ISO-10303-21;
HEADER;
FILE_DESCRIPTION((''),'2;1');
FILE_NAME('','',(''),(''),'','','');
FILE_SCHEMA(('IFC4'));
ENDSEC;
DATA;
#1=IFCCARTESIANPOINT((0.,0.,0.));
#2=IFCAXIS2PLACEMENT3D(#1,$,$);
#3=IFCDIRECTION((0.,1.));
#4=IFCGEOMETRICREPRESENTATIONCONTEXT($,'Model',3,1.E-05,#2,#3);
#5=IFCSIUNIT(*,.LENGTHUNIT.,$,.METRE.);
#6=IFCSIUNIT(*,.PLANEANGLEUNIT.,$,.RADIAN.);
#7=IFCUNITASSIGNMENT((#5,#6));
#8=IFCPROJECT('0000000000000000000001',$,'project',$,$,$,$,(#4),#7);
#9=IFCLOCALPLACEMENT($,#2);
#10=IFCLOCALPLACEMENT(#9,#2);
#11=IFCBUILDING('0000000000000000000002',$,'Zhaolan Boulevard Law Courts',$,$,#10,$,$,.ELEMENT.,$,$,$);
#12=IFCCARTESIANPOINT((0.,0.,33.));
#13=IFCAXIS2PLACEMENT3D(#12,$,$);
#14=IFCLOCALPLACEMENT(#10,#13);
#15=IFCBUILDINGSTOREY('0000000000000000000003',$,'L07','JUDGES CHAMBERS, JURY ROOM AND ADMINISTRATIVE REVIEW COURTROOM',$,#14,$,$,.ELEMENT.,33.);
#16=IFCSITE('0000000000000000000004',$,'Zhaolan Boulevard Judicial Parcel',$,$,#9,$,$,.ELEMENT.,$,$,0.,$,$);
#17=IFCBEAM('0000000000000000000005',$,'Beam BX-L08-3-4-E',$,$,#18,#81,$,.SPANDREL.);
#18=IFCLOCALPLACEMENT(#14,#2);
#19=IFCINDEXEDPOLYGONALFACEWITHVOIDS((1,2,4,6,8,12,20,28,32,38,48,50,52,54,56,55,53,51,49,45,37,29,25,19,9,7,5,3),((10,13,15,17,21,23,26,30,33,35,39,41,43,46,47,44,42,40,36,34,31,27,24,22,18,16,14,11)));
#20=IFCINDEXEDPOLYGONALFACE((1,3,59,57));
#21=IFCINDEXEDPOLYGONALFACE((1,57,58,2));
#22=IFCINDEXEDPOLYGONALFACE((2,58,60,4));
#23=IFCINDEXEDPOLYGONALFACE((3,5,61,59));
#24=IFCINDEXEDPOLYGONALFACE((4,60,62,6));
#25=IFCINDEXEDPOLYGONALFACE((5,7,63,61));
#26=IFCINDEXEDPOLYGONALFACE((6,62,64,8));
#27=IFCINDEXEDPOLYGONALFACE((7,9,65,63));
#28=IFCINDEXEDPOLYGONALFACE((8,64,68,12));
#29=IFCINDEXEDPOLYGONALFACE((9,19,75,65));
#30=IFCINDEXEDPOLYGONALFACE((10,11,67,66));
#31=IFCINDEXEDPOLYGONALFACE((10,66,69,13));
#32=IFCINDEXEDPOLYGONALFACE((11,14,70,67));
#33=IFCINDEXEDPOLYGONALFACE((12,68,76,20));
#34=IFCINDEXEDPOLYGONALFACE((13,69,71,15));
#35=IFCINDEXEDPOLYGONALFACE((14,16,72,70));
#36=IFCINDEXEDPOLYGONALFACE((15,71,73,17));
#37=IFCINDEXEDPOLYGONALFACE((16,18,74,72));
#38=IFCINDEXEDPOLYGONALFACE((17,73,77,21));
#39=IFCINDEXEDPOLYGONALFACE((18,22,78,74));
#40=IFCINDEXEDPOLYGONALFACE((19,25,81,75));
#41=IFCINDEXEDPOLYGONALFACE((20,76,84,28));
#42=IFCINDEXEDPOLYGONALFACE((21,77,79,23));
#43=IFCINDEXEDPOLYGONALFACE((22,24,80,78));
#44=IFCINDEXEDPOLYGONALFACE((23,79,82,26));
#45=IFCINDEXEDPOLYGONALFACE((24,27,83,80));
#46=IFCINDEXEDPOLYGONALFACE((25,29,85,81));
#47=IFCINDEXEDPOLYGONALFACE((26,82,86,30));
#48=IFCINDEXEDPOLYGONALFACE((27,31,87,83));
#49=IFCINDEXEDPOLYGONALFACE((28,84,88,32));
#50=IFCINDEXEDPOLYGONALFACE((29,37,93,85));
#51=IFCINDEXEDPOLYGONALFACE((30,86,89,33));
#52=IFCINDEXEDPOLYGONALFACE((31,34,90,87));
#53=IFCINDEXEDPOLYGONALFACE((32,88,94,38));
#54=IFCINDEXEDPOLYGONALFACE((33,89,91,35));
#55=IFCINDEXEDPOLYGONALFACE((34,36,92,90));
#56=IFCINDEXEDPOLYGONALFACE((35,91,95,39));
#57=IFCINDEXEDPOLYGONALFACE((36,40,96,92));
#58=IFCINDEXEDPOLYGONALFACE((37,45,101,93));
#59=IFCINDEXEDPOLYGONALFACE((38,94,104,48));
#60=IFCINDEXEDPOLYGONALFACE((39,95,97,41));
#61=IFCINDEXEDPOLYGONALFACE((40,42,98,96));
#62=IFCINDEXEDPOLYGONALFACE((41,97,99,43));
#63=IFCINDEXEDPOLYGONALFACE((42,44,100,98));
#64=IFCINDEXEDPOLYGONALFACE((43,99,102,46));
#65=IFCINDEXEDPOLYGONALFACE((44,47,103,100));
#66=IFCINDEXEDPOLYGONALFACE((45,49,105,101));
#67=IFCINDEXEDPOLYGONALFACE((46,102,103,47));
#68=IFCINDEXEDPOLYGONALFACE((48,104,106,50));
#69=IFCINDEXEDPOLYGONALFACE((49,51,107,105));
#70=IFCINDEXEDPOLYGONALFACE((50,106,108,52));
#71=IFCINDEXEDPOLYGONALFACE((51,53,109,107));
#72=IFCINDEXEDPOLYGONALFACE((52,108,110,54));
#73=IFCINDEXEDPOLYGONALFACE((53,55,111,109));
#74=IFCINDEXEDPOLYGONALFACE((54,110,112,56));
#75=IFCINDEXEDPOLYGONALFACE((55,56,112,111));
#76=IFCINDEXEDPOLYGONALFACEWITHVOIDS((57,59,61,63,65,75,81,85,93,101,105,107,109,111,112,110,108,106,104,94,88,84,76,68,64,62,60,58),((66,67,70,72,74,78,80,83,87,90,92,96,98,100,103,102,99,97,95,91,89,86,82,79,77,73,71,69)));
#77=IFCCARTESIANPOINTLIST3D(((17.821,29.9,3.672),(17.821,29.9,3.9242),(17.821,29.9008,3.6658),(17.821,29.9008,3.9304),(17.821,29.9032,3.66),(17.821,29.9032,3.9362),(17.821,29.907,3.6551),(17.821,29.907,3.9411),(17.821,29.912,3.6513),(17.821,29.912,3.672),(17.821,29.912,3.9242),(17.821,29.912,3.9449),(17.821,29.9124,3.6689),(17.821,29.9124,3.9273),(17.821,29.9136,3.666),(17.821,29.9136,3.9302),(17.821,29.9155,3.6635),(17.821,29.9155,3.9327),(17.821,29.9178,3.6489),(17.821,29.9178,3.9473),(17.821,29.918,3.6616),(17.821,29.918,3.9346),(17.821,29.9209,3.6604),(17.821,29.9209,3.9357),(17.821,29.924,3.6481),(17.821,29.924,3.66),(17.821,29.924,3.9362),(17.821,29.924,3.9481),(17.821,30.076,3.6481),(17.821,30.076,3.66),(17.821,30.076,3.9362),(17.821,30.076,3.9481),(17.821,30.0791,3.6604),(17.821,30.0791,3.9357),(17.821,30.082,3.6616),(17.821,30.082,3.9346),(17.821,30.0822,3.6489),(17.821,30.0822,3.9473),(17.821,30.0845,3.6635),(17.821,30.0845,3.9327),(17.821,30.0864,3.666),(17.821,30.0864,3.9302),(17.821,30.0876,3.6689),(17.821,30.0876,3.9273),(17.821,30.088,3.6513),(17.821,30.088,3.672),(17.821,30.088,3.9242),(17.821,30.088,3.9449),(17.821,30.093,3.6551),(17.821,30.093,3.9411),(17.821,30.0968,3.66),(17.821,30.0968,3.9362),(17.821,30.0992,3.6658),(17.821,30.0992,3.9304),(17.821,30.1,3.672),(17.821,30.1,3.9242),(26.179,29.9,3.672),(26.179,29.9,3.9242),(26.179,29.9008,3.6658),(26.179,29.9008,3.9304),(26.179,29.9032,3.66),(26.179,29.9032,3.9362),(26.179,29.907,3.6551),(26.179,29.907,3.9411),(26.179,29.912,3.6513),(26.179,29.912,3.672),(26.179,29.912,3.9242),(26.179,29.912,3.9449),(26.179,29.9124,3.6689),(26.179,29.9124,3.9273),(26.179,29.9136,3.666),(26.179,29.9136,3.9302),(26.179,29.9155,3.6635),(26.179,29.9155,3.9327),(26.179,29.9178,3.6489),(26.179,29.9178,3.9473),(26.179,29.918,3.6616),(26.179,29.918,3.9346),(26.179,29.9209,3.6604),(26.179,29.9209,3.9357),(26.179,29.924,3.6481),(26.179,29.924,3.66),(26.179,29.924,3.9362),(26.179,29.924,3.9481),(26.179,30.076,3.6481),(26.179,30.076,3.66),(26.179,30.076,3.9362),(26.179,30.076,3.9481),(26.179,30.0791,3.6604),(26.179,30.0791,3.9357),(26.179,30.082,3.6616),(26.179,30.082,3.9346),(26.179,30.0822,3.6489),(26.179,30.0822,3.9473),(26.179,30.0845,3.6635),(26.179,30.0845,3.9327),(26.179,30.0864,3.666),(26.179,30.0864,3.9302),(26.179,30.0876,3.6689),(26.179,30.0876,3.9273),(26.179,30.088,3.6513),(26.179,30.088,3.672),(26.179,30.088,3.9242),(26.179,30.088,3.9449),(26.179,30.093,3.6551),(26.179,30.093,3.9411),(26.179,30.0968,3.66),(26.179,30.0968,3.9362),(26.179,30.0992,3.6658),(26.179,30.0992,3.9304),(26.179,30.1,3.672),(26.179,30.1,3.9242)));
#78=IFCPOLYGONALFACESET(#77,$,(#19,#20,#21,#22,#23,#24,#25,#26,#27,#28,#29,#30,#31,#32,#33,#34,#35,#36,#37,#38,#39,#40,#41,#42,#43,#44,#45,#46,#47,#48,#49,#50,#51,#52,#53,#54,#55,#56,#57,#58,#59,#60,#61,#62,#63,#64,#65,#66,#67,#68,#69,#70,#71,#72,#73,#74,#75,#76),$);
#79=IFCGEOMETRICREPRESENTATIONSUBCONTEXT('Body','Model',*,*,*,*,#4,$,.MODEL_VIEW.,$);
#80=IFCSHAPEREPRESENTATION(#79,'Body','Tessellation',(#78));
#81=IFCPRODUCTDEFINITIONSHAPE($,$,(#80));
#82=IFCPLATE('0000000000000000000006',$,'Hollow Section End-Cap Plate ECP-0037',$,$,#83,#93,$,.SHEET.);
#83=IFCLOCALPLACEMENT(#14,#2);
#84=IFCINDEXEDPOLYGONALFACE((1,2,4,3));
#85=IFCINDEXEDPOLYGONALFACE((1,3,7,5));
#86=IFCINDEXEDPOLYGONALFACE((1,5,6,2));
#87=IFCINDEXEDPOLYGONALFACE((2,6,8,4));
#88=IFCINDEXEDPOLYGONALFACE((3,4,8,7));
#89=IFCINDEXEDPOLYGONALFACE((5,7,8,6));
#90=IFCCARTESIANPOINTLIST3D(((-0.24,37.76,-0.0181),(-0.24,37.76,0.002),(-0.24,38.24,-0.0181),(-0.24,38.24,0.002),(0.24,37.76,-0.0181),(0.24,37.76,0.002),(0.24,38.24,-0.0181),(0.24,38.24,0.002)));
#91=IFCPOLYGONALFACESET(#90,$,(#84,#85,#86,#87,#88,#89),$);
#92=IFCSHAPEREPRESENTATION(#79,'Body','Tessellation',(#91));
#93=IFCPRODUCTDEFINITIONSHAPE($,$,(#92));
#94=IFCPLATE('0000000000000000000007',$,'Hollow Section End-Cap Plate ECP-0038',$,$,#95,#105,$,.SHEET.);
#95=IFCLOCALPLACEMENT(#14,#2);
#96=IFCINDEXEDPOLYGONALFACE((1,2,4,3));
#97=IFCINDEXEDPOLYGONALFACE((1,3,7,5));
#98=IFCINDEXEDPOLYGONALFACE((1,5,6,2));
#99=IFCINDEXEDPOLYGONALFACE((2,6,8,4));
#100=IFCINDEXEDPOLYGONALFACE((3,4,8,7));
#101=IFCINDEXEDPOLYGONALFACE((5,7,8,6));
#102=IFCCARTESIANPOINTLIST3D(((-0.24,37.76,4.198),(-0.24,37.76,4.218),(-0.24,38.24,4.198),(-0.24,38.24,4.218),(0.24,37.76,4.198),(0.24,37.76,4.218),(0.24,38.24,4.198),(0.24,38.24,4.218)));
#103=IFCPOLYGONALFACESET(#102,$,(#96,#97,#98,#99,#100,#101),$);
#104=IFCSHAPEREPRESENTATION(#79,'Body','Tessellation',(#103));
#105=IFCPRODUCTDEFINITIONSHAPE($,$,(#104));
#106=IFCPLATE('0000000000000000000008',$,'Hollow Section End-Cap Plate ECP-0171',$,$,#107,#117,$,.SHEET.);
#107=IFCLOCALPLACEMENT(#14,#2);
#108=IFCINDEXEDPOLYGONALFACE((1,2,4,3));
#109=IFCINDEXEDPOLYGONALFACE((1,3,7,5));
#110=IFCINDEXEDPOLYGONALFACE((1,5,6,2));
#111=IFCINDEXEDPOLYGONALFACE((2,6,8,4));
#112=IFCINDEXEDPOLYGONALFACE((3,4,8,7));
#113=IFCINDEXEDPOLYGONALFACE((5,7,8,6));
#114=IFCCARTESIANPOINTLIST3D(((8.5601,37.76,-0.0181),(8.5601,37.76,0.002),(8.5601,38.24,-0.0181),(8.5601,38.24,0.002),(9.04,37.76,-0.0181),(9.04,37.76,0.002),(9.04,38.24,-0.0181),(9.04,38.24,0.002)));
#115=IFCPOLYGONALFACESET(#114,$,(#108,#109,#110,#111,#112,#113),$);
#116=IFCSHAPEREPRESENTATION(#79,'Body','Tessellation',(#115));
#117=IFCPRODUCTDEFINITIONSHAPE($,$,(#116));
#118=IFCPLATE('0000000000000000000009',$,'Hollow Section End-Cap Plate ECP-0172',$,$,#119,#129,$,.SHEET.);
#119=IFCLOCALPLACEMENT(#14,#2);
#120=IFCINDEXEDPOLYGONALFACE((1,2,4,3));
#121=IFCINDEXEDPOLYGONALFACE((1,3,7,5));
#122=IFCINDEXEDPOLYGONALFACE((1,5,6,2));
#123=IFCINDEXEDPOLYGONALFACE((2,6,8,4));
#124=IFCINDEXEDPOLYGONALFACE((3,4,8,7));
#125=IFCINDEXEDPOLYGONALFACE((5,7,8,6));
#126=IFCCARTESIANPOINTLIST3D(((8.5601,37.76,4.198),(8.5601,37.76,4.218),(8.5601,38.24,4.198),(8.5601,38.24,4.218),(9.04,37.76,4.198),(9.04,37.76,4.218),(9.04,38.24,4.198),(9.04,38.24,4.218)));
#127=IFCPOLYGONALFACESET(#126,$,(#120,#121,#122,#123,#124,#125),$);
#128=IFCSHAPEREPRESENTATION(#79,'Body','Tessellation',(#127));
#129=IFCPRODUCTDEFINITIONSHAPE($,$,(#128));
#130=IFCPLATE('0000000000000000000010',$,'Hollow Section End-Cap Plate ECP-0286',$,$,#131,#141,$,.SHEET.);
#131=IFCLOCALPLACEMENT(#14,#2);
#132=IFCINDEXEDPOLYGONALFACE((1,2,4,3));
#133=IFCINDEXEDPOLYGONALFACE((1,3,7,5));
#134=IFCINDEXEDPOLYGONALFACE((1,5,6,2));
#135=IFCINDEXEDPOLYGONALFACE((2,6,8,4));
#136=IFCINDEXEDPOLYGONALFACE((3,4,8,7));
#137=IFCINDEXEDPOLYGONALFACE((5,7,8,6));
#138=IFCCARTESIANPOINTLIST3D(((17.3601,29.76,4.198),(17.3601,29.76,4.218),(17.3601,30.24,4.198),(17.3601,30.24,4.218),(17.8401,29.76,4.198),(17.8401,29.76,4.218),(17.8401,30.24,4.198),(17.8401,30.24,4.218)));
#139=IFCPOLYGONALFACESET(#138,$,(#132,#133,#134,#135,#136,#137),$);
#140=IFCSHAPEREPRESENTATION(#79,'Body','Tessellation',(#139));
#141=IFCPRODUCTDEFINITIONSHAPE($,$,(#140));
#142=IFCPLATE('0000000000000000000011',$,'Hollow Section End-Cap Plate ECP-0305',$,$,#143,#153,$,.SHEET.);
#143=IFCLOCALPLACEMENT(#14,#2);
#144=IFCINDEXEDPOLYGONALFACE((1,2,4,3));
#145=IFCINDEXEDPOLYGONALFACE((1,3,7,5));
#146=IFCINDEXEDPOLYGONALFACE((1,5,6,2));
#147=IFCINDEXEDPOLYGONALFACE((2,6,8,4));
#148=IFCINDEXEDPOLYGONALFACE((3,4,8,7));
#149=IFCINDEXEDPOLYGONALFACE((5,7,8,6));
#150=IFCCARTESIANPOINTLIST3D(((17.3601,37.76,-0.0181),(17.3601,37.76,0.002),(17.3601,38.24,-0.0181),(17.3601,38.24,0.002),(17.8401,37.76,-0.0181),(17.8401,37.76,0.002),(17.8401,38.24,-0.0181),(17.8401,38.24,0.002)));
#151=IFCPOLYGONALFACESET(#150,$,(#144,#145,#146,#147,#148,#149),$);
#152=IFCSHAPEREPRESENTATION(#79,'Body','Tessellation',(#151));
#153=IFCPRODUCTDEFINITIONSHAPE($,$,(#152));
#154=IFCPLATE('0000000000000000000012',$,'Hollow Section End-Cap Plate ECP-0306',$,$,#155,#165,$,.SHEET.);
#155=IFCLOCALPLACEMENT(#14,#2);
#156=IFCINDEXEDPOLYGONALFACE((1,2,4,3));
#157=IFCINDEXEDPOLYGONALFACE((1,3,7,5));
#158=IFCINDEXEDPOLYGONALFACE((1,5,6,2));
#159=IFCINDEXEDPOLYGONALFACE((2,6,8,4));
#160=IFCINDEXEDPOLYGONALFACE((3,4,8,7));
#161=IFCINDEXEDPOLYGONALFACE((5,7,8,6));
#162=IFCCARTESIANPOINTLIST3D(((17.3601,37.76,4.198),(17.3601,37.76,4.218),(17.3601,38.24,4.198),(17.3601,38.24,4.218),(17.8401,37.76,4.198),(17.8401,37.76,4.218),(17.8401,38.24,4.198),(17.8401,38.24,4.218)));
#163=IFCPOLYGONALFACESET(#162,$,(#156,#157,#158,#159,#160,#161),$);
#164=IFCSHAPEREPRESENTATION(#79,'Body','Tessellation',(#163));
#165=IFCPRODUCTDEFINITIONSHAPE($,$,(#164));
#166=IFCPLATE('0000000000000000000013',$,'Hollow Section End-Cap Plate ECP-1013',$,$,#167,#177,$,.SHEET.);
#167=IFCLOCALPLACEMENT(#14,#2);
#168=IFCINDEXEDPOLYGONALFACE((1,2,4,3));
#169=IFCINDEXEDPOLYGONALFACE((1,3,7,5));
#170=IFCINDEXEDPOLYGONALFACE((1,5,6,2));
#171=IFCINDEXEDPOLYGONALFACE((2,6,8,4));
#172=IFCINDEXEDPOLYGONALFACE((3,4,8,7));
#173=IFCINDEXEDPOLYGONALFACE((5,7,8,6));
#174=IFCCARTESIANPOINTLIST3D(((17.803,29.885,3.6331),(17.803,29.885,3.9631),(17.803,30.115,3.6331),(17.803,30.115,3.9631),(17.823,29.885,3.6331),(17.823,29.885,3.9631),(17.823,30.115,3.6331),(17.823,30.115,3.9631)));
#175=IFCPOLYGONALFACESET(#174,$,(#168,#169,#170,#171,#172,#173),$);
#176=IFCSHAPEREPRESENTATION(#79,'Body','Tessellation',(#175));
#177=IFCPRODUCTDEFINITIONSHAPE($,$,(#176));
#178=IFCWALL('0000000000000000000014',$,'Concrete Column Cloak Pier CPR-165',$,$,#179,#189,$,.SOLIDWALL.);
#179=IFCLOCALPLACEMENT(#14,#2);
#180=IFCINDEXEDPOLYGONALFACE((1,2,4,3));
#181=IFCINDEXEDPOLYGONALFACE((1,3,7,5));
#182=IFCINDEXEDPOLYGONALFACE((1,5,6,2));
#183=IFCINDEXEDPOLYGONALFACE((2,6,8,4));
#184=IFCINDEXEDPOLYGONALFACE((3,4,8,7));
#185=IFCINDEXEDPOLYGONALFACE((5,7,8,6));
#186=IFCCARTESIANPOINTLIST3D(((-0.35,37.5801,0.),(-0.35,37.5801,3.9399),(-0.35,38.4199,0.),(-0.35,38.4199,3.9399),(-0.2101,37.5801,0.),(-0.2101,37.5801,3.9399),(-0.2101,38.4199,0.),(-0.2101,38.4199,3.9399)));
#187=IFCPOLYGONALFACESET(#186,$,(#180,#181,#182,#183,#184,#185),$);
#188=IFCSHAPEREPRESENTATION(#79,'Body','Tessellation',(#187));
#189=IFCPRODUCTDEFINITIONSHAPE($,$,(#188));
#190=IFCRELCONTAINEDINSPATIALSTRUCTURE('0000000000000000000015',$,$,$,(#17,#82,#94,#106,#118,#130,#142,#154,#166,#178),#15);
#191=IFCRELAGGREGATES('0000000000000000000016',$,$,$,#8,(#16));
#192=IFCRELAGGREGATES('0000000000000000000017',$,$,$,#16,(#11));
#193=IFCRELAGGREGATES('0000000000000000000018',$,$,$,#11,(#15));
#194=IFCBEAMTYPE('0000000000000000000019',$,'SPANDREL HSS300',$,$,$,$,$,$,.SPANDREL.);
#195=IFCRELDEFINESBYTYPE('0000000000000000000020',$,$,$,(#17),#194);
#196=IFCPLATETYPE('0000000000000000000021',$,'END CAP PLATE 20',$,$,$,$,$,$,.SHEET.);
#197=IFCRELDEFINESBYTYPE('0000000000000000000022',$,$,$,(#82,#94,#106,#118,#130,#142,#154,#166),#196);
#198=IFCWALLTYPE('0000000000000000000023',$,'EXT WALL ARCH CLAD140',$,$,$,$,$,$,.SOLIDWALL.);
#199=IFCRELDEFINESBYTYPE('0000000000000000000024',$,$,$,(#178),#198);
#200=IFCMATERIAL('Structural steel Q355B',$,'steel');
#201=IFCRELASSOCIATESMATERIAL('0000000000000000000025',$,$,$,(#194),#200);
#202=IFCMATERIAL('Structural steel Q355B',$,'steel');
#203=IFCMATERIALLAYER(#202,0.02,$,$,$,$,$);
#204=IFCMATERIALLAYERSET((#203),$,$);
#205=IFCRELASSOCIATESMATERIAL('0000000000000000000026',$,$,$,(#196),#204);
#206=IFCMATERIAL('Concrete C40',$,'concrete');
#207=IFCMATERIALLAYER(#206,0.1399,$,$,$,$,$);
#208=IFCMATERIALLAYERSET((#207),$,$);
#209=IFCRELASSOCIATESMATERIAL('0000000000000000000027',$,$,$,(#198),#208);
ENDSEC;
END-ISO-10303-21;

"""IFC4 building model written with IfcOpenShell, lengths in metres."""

from ifc_helpers import new_model, si_unit, direction, frame, frame_2d, origin, origin_2d, place, context, subcontext, project, spatial, rectangle, hollow_rectangle, extrude, material, layer, layer_set, material_profile, profile_set, type_object, element, save


model = new_model("IFC4")

# Units and contexts
model_context = context("Model", 3, precision=1e-05, world=origin(), true_north=direction((0.0, 1.0)))
body_context = subcontext(model_context, "Body", "Model", "MODEL_VIEW")
ifc_project = project(units=[si_unit("LENGTHUNIT", "METRE"), si_unit("PLANEANGLEUNIT", "RADIAN")], contexts=[model_context])

# Site, building, storey
site_placement = place(None, origin())
site = spatial("IfcSite", under=ifc_project, at=site_placement, Name="Zhaolan Boulevard Judicial Parcel", CompositionType="ELEMENT", RefElevation=0.0)
building_placement = place(site_placement, origin())
building = spatial("IfcBuilding", under=site, at=building_placement, Name="Zhaolan Boulevard Law Courts", CompositionType="ELEMENT")
storey_placement = place(building_placement, frame((0.0, 0.0, 33.0)))
storey = spatial("IfcBuildingStorey", under=building, at=storey_placement, Name="L07", Description="JUDGES CHAMBERS, JURY ROOM AND ADMINISTRATIVE REVIEW COURTROOM", CompositionType="ELEMENT", Elevation=33.0)

# Beam
ifc_material_1 = material(Name="Structural steel Q355B", Category="steel")
ifc_material_profile_1 = material_profile(ifc_material_1, hollow_rectangle(XDim=0.2, YDim=0.3, WallThickness=0.012, InnerFilletRadius=0.012, OuterFilletRadius=0.0239, at=origin_2d()), Name="HSS300x200x12")
ifc_profile_set_1 = profile_set([ifc_material_profile_1], Name="Structural steel Q355B")
beam_type_1 = type_object("IfcBeamType", Name="SPANDREL HSS300", PredefinedType="SPANDREL", material=ifc_profile_set_1)
beam_1_placement = place(storey_placement, frame((17.821, 30.0, 3.7981), z_axis=(1.0, 0.0, 0.0), x_axis=(0.0, 1.0, 0.0)))
element("IfcBeam", 1, at=beam_1_placement, inside=storey, type_object=beam_type_1, Name="Beam BX-L08-3-4-E", PredefinedType="SPANDREL", context=body_context, shape_type="SweptSolid", body=[
    extrude(hollow_rectangle(XDim=0.2, YDim=0.3, WallThickness=0.012, InnerFilletRadius=0.012, OuterFilletRadius=0.0239, at=origin_2d()), origin(), (0.0, 0.0, 1.0), 8.3579),
])

# Plates
ifc_material_2 = material(Name="Structural steel Q355B", Category="steel")
ifc_layer_1 = layer(ifc_material_2, 0.02)
ifc_layer_set_1 = layer_set([ifc_layer_1])
plate_type = type_object("IfcPlateType", Name="END CAP PLATE 20", PredefinedType="SHEET", material=ifc_layer_set_1)
for number, where, z_axis, x_axis, name in (
    (2, (0.0, 38.0, -0.0181), (0.0, 0.0, 1.0), (1.0, 0.0, 0.0), "Hollow Section End-Cap Plate ECP-0037"),
    (3, (0.0, 38.0, 4.198), (0.0, 0.0, 1.0), (1.0, 0.0, 0.0), "Hollow Section End-Cap Plate ECP-0038"),
    (4, (8.8, 38.0, -0.0181), (0.0, 0.0, 1.0), (1.0, 0.0, 0.0), "Hollow Section End-Cap Plate ECP-0171"),
    (5, (8.8, 38.0, 4.198), (0.0, 0.0, 1.0), (1.0, 0.0, 0.0), "Hollow Section End-Cap Plate ECP-0172"),
    (6, (17.6001, 30.0, 4.198), (0.0, 0.0, 1.0), (1.0, 0.0, 0.0), "Hollow Section End-Cap Plate ECP-0286"),
    (7, (17.6001, 38.0, -0.0181), (0.0, 0.0, 1.0), (1.0, 0.0, 0.0), "Hollow Section End-Cap Plate ECP-0305"),
    (8, (17.6001, 38.0, 4.198), (0.0, 0.0, 1.0), (1.0, 0.0, 0.0), "Hollow Section End-Cap Plate ECP-0306"),
):
    element("IfcPlate", number, at=place(storey_placement, frame(where, z_axis=z_axis, x_axis=x_axis)), inside=storey, type_object=plate_type, Name=name, PredefinedType="SHEET", context=body_context, shape_type="SweptSolid", body=[
        extrude(rectangle(XDim=0.48, YDim=0.48, at=origin_2d()), origin(), (0.0, 0.0, 1.0), 0.02),
    ])
plate_placement = place(storey_placement, frame((17.813, 30.0, 3.6331), z_axis=(0.0, 0.0, 1.0), x_axis=(1.0, 0.0, 0.0)))
element("IfcPlate", 9, at=plate_placement, inside=storey, type_object=plate_type, Name="Hollow Section End-Cap Plate ECP-1013", PredefinedType="SHEET", context=body_context, shape_type="SweptSolid", body=[
    extrude(rectangle(XDim=0.02, YDim=0.23, at=origin_2d()), origin(), (0.0, 0.0, 1.0), 0.3301),
])

# Wall
ifc_material_3 = material(Name="Concrete C40", Category="concrete")
ifc_layer_2 = layer(ifc_material_3, 0.1399)
ifc_layer_set_2 = layer_set([ifc_layer_2])
wall_type_1 = type_object("IfcWallType", Name="EXT WALL ARCH CLAD140", PredefinedType="SOLIDWALL", material=ifc_layer_set_2)
wall_1_placement = place(storey_placement, frame((-0.28, 37.5801, 0.0), z_axis=(0.0, 0.0, 1.0), x_axis=(0.0, 1.0, 0.0)))
element("IfcWall", 10, at=wall_1_placement, inside=storey, type_object=wall_type_1, Name="Concrete Column Cloak Pier CPR-165", PredefinedType="SOLIDWALL", context=body_context, shape_type="SweptSolid", body=[
    extrude(rectangle(XDim=0.8398, YDim=0.1399, at=frame_2d((0.4199, 0.0))), origin(), (0.0, 0.0, 1.0), 3.9399),
])

save(model, "model.ifc")
